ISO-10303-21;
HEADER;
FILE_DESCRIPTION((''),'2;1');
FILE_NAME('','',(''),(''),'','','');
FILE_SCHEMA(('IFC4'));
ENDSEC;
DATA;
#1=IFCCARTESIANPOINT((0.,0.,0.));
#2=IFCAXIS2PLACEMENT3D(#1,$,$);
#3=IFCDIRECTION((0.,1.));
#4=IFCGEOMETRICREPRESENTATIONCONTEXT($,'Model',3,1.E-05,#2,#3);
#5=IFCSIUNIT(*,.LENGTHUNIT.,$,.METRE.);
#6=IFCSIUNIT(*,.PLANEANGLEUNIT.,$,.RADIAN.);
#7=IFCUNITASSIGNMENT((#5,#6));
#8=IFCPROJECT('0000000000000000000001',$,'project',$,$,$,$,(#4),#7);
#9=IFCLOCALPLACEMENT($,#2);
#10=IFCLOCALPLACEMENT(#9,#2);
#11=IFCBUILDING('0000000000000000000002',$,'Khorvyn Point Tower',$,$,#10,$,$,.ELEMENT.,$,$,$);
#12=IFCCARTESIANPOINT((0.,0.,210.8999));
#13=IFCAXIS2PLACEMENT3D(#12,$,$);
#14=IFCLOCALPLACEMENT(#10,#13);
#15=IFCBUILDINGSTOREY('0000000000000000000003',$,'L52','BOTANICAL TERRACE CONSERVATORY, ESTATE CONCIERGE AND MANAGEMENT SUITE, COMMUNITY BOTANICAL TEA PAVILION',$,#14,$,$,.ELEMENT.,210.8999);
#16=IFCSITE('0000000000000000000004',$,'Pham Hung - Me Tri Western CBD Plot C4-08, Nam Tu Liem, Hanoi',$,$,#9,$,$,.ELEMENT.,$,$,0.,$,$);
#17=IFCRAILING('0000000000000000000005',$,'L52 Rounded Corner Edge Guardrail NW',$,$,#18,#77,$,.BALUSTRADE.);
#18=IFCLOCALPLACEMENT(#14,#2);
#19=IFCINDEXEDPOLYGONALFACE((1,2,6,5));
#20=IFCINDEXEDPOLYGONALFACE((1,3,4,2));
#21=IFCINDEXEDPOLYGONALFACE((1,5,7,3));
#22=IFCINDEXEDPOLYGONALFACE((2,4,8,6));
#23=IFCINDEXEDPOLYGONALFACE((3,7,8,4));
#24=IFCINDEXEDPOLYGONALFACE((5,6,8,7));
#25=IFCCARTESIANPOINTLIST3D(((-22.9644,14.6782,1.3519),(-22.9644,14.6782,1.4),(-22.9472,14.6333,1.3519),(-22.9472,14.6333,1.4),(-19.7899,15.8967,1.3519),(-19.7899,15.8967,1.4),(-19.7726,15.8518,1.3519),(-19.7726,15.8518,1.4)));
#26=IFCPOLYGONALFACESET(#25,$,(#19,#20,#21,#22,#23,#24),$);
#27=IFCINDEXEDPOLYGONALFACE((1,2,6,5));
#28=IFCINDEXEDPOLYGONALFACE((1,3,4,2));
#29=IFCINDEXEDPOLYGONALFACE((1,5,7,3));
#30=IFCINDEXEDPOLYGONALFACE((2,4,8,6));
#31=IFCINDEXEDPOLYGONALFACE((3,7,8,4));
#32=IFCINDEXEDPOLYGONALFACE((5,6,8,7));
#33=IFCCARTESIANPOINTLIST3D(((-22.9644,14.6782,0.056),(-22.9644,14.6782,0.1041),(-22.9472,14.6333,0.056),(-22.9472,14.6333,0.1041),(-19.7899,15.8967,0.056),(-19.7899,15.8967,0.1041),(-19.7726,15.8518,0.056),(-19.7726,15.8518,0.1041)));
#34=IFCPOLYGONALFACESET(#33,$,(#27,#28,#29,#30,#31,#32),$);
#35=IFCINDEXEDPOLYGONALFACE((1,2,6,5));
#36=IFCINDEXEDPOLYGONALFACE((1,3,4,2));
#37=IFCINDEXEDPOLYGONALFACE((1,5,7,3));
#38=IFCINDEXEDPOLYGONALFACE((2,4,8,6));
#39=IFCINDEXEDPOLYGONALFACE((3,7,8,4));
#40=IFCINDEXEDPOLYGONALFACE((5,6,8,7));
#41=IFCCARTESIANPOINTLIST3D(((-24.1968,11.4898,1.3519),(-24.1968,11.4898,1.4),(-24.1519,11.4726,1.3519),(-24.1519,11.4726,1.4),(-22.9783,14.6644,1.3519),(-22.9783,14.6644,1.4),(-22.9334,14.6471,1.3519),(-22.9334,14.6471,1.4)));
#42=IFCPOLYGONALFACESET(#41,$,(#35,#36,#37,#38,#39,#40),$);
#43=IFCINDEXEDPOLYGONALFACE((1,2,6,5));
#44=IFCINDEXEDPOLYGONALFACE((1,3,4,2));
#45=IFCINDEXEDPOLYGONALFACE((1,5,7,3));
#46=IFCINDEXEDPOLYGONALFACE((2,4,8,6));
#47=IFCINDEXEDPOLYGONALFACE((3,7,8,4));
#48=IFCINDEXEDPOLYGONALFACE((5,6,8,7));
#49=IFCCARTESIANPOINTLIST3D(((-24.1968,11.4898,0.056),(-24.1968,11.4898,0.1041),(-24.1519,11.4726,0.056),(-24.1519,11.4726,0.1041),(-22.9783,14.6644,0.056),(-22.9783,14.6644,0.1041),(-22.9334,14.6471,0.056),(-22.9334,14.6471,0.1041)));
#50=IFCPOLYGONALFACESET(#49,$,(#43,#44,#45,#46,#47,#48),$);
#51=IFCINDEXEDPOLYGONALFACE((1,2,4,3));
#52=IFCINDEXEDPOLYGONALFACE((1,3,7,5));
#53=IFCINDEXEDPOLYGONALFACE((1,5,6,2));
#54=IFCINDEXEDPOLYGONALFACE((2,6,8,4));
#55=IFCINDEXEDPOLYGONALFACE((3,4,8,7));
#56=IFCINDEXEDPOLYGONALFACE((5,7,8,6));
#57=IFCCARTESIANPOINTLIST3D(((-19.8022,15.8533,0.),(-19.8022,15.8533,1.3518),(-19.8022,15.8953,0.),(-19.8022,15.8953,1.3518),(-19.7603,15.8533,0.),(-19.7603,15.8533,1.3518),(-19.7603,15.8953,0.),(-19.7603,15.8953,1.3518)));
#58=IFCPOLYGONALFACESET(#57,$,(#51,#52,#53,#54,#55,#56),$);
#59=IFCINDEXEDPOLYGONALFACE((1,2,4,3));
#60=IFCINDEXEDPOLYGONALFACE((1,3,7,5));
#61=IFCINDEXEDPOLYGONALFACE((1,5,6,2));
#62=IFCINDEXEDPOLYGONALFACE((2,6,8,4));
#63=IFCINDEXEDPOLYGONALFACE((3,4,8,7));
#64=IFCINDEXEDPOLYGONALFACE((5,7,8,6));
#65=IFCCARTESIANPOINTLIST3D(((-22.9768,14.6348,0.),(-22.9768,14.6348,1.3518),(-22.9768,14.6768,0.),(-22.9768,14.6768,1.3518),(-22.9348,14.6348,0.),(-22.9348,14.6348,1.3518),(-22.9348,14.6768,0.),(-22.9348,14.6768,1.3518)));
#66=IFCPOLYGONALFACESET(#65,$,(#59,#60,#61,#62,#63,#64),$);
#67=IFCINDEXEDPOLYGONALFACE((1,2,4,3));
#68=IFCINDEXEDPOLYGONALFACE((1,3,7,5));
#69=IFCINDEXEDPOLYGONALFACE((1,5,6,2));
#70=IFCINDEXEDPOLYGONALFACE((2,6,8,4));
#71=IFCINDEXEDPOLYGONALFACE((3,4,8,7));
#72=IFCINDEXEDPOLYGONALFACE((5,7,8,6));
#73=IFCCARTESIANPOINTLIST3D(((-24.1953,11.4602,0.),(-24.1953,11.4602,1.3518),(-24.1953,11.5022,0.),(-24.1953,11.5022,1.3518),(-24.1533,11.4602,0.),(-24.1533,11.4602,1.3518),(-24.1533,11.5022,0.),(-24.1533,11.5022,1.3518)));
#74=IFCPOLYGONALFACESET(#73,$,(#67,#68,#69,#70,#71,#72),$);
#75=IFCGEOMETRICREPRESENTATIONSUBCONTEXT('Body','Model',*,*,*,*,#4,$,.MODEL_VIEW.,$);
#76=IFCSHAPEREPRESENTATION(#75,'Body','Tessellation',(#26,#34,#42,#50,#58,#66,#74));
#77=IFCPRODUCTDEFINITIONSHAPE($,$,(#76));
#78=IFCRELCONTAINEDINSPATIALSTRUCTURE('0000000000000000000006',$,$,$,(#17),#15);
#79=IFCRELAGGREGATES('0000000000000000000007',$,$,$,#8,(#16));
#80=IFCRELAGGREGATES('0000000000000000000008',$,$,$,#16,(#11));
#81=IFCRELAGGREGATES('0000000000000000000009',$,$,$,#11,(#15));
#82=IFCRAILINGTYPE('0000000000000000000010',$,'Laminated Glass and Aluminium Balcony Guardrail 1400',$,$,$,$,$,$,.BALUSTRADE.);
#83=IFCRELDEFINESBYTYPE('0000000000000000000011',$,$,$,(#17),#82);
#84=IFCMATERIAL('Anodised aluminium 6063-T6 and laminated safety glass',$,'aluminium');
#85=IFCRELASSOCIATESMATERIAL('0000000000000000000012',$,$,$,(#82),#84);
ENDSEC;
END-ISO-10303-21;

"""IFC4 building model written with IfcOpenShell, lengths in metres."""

from ifc_helpers import new_model, si_unit, direction, frame, origin, origin_2d, place, context, subcontext, project, spatial, rectangle, extrude, material, type_object, element, save


model = new_model("IFC4")

# Units and contexts
model_context = context("Model", 3, precision=1e-05, world=origin(), true_north=direction((0.0, 1.0)))
body_context = subcontext(model_context, "Body", "Model", "MODEL_VIEW")
ifc_project = project(units=[si_unit("LENGTHUNIT", "METRE"), si_unit("PLANEANGLEUNIT", "RADIAN")], contexts=[model_context])

# Site, building, storey
site_placement = place(None, origin())
site = spatial("IfcSite", under=ifc_project, at=site_placement, Name="Pham Hung - Me Tri Western CBD Plot C4-08, Nam Tu Liem, Hanoi", CompositionType="ELEMENT", RefElevation=0.0)
building_placement = place(site_placement, origin())
building = spatial("IfcBuilding", under=site, at=building_placement, Name="Khorvyn Point Tower", CompositionType="ELEMENT")
storey_placement = place(building_placement, frame((0.0, 0.0, 210.8999)))
storey = spatial("IfcBuildingStorey", under=building, at=storey_placement, Name="L52", Description="BOTANICAL TERRACE CONSERVATORY, ESTATE CONCIERGE AND MANAGEMENT SUITE, COMMUNITY BOTANICAL TEA PAVILION", CompositionType="ELEMENT", Elevation=210.8999)

# Railing
ifc_material_1 = material(Name="Anodised aluminium 6063-T6 and laminated safety glass", Category="aluminium")
railing_type = type_object("IfcRailingType", Name="Laminated Glass and Aluminium Balcony Guardrail 1400", PredefinedType="BALUSTRADE", material=ifc_material_1)
railing_placement = place(storey_placement, frame((-19.7812, 15.8743, 0.0)))
element("IfcRailing", 1, at=railing_placement, inside=storey, type_object=railing_type, Name="L52 Rounded Corner Edge Guardrail NW", PredefinedType="BALUSTRADE", context=body_context, shape_type="SweptSolid", body=[
    extrude(rectangle(XDim=0.0481, YDim=0.0481, at=origin_2d()), frame((0.0, 0.0, 1.376), z_axis=(-0.93359, -0.358344, 0.0), x_axis=(0.358344, -0.93359, 0.0)), (0.0, 0.0, 1.0), 3.4004),
    extrude(rectangle(XDim=0.0481, YDim=0.0481, at=origin_2d()), frame((0.0, 0.0, 0.0801), z_axis=(-0.93359, -0.358344, 0.0), x_axis=(0.358344, -0.93359, 0.0)), (0.0, 0.0, 1.0), 3.4004),
    extrude(rectangle(XDim=0.0481, YDim=0.0481, at=origin_2d()), frame((-3.1746, -1.2185, 1.376), z_axis=(-0.358344, -0.93359, 0.0), x_axis=(0.93359, -0.358344, 0.0)), (0.0, 0.0, 1.0), 3.4004),
    extrude(rectangle(XDim=0.0481, YDim=0.0481, at=origin_2d()), frame((-3.1746, -1.2185, 0.0801), z_axis=(-0.358344, -0.93359, 0.0), x_axis=(0.93359, -0.358344, 0.0)), (0.0, 0.0, 1.0), 3.4004),
    extrude(rectangle(XDim=0.042, YDim=0.042, at=origin_2d()), origin(), (0.0, 0.0, 1.0), 1.3518),
    extrude(rectangle(XDim=0.042, YDim=0.042, at=origin_2d()), frame((-3.1746, -1.2185, 0.0)), (0.0, 0.0, 1.0), 1.3518),
    extrude(rectangle(XDim=0.042, YDim=0.042, at=origin_2d()), frame((-4.3931, -4.3931, 0.0)), (0.0, 0.0, 1.0), 1.3518),
])

save(model, "model.ifc")
